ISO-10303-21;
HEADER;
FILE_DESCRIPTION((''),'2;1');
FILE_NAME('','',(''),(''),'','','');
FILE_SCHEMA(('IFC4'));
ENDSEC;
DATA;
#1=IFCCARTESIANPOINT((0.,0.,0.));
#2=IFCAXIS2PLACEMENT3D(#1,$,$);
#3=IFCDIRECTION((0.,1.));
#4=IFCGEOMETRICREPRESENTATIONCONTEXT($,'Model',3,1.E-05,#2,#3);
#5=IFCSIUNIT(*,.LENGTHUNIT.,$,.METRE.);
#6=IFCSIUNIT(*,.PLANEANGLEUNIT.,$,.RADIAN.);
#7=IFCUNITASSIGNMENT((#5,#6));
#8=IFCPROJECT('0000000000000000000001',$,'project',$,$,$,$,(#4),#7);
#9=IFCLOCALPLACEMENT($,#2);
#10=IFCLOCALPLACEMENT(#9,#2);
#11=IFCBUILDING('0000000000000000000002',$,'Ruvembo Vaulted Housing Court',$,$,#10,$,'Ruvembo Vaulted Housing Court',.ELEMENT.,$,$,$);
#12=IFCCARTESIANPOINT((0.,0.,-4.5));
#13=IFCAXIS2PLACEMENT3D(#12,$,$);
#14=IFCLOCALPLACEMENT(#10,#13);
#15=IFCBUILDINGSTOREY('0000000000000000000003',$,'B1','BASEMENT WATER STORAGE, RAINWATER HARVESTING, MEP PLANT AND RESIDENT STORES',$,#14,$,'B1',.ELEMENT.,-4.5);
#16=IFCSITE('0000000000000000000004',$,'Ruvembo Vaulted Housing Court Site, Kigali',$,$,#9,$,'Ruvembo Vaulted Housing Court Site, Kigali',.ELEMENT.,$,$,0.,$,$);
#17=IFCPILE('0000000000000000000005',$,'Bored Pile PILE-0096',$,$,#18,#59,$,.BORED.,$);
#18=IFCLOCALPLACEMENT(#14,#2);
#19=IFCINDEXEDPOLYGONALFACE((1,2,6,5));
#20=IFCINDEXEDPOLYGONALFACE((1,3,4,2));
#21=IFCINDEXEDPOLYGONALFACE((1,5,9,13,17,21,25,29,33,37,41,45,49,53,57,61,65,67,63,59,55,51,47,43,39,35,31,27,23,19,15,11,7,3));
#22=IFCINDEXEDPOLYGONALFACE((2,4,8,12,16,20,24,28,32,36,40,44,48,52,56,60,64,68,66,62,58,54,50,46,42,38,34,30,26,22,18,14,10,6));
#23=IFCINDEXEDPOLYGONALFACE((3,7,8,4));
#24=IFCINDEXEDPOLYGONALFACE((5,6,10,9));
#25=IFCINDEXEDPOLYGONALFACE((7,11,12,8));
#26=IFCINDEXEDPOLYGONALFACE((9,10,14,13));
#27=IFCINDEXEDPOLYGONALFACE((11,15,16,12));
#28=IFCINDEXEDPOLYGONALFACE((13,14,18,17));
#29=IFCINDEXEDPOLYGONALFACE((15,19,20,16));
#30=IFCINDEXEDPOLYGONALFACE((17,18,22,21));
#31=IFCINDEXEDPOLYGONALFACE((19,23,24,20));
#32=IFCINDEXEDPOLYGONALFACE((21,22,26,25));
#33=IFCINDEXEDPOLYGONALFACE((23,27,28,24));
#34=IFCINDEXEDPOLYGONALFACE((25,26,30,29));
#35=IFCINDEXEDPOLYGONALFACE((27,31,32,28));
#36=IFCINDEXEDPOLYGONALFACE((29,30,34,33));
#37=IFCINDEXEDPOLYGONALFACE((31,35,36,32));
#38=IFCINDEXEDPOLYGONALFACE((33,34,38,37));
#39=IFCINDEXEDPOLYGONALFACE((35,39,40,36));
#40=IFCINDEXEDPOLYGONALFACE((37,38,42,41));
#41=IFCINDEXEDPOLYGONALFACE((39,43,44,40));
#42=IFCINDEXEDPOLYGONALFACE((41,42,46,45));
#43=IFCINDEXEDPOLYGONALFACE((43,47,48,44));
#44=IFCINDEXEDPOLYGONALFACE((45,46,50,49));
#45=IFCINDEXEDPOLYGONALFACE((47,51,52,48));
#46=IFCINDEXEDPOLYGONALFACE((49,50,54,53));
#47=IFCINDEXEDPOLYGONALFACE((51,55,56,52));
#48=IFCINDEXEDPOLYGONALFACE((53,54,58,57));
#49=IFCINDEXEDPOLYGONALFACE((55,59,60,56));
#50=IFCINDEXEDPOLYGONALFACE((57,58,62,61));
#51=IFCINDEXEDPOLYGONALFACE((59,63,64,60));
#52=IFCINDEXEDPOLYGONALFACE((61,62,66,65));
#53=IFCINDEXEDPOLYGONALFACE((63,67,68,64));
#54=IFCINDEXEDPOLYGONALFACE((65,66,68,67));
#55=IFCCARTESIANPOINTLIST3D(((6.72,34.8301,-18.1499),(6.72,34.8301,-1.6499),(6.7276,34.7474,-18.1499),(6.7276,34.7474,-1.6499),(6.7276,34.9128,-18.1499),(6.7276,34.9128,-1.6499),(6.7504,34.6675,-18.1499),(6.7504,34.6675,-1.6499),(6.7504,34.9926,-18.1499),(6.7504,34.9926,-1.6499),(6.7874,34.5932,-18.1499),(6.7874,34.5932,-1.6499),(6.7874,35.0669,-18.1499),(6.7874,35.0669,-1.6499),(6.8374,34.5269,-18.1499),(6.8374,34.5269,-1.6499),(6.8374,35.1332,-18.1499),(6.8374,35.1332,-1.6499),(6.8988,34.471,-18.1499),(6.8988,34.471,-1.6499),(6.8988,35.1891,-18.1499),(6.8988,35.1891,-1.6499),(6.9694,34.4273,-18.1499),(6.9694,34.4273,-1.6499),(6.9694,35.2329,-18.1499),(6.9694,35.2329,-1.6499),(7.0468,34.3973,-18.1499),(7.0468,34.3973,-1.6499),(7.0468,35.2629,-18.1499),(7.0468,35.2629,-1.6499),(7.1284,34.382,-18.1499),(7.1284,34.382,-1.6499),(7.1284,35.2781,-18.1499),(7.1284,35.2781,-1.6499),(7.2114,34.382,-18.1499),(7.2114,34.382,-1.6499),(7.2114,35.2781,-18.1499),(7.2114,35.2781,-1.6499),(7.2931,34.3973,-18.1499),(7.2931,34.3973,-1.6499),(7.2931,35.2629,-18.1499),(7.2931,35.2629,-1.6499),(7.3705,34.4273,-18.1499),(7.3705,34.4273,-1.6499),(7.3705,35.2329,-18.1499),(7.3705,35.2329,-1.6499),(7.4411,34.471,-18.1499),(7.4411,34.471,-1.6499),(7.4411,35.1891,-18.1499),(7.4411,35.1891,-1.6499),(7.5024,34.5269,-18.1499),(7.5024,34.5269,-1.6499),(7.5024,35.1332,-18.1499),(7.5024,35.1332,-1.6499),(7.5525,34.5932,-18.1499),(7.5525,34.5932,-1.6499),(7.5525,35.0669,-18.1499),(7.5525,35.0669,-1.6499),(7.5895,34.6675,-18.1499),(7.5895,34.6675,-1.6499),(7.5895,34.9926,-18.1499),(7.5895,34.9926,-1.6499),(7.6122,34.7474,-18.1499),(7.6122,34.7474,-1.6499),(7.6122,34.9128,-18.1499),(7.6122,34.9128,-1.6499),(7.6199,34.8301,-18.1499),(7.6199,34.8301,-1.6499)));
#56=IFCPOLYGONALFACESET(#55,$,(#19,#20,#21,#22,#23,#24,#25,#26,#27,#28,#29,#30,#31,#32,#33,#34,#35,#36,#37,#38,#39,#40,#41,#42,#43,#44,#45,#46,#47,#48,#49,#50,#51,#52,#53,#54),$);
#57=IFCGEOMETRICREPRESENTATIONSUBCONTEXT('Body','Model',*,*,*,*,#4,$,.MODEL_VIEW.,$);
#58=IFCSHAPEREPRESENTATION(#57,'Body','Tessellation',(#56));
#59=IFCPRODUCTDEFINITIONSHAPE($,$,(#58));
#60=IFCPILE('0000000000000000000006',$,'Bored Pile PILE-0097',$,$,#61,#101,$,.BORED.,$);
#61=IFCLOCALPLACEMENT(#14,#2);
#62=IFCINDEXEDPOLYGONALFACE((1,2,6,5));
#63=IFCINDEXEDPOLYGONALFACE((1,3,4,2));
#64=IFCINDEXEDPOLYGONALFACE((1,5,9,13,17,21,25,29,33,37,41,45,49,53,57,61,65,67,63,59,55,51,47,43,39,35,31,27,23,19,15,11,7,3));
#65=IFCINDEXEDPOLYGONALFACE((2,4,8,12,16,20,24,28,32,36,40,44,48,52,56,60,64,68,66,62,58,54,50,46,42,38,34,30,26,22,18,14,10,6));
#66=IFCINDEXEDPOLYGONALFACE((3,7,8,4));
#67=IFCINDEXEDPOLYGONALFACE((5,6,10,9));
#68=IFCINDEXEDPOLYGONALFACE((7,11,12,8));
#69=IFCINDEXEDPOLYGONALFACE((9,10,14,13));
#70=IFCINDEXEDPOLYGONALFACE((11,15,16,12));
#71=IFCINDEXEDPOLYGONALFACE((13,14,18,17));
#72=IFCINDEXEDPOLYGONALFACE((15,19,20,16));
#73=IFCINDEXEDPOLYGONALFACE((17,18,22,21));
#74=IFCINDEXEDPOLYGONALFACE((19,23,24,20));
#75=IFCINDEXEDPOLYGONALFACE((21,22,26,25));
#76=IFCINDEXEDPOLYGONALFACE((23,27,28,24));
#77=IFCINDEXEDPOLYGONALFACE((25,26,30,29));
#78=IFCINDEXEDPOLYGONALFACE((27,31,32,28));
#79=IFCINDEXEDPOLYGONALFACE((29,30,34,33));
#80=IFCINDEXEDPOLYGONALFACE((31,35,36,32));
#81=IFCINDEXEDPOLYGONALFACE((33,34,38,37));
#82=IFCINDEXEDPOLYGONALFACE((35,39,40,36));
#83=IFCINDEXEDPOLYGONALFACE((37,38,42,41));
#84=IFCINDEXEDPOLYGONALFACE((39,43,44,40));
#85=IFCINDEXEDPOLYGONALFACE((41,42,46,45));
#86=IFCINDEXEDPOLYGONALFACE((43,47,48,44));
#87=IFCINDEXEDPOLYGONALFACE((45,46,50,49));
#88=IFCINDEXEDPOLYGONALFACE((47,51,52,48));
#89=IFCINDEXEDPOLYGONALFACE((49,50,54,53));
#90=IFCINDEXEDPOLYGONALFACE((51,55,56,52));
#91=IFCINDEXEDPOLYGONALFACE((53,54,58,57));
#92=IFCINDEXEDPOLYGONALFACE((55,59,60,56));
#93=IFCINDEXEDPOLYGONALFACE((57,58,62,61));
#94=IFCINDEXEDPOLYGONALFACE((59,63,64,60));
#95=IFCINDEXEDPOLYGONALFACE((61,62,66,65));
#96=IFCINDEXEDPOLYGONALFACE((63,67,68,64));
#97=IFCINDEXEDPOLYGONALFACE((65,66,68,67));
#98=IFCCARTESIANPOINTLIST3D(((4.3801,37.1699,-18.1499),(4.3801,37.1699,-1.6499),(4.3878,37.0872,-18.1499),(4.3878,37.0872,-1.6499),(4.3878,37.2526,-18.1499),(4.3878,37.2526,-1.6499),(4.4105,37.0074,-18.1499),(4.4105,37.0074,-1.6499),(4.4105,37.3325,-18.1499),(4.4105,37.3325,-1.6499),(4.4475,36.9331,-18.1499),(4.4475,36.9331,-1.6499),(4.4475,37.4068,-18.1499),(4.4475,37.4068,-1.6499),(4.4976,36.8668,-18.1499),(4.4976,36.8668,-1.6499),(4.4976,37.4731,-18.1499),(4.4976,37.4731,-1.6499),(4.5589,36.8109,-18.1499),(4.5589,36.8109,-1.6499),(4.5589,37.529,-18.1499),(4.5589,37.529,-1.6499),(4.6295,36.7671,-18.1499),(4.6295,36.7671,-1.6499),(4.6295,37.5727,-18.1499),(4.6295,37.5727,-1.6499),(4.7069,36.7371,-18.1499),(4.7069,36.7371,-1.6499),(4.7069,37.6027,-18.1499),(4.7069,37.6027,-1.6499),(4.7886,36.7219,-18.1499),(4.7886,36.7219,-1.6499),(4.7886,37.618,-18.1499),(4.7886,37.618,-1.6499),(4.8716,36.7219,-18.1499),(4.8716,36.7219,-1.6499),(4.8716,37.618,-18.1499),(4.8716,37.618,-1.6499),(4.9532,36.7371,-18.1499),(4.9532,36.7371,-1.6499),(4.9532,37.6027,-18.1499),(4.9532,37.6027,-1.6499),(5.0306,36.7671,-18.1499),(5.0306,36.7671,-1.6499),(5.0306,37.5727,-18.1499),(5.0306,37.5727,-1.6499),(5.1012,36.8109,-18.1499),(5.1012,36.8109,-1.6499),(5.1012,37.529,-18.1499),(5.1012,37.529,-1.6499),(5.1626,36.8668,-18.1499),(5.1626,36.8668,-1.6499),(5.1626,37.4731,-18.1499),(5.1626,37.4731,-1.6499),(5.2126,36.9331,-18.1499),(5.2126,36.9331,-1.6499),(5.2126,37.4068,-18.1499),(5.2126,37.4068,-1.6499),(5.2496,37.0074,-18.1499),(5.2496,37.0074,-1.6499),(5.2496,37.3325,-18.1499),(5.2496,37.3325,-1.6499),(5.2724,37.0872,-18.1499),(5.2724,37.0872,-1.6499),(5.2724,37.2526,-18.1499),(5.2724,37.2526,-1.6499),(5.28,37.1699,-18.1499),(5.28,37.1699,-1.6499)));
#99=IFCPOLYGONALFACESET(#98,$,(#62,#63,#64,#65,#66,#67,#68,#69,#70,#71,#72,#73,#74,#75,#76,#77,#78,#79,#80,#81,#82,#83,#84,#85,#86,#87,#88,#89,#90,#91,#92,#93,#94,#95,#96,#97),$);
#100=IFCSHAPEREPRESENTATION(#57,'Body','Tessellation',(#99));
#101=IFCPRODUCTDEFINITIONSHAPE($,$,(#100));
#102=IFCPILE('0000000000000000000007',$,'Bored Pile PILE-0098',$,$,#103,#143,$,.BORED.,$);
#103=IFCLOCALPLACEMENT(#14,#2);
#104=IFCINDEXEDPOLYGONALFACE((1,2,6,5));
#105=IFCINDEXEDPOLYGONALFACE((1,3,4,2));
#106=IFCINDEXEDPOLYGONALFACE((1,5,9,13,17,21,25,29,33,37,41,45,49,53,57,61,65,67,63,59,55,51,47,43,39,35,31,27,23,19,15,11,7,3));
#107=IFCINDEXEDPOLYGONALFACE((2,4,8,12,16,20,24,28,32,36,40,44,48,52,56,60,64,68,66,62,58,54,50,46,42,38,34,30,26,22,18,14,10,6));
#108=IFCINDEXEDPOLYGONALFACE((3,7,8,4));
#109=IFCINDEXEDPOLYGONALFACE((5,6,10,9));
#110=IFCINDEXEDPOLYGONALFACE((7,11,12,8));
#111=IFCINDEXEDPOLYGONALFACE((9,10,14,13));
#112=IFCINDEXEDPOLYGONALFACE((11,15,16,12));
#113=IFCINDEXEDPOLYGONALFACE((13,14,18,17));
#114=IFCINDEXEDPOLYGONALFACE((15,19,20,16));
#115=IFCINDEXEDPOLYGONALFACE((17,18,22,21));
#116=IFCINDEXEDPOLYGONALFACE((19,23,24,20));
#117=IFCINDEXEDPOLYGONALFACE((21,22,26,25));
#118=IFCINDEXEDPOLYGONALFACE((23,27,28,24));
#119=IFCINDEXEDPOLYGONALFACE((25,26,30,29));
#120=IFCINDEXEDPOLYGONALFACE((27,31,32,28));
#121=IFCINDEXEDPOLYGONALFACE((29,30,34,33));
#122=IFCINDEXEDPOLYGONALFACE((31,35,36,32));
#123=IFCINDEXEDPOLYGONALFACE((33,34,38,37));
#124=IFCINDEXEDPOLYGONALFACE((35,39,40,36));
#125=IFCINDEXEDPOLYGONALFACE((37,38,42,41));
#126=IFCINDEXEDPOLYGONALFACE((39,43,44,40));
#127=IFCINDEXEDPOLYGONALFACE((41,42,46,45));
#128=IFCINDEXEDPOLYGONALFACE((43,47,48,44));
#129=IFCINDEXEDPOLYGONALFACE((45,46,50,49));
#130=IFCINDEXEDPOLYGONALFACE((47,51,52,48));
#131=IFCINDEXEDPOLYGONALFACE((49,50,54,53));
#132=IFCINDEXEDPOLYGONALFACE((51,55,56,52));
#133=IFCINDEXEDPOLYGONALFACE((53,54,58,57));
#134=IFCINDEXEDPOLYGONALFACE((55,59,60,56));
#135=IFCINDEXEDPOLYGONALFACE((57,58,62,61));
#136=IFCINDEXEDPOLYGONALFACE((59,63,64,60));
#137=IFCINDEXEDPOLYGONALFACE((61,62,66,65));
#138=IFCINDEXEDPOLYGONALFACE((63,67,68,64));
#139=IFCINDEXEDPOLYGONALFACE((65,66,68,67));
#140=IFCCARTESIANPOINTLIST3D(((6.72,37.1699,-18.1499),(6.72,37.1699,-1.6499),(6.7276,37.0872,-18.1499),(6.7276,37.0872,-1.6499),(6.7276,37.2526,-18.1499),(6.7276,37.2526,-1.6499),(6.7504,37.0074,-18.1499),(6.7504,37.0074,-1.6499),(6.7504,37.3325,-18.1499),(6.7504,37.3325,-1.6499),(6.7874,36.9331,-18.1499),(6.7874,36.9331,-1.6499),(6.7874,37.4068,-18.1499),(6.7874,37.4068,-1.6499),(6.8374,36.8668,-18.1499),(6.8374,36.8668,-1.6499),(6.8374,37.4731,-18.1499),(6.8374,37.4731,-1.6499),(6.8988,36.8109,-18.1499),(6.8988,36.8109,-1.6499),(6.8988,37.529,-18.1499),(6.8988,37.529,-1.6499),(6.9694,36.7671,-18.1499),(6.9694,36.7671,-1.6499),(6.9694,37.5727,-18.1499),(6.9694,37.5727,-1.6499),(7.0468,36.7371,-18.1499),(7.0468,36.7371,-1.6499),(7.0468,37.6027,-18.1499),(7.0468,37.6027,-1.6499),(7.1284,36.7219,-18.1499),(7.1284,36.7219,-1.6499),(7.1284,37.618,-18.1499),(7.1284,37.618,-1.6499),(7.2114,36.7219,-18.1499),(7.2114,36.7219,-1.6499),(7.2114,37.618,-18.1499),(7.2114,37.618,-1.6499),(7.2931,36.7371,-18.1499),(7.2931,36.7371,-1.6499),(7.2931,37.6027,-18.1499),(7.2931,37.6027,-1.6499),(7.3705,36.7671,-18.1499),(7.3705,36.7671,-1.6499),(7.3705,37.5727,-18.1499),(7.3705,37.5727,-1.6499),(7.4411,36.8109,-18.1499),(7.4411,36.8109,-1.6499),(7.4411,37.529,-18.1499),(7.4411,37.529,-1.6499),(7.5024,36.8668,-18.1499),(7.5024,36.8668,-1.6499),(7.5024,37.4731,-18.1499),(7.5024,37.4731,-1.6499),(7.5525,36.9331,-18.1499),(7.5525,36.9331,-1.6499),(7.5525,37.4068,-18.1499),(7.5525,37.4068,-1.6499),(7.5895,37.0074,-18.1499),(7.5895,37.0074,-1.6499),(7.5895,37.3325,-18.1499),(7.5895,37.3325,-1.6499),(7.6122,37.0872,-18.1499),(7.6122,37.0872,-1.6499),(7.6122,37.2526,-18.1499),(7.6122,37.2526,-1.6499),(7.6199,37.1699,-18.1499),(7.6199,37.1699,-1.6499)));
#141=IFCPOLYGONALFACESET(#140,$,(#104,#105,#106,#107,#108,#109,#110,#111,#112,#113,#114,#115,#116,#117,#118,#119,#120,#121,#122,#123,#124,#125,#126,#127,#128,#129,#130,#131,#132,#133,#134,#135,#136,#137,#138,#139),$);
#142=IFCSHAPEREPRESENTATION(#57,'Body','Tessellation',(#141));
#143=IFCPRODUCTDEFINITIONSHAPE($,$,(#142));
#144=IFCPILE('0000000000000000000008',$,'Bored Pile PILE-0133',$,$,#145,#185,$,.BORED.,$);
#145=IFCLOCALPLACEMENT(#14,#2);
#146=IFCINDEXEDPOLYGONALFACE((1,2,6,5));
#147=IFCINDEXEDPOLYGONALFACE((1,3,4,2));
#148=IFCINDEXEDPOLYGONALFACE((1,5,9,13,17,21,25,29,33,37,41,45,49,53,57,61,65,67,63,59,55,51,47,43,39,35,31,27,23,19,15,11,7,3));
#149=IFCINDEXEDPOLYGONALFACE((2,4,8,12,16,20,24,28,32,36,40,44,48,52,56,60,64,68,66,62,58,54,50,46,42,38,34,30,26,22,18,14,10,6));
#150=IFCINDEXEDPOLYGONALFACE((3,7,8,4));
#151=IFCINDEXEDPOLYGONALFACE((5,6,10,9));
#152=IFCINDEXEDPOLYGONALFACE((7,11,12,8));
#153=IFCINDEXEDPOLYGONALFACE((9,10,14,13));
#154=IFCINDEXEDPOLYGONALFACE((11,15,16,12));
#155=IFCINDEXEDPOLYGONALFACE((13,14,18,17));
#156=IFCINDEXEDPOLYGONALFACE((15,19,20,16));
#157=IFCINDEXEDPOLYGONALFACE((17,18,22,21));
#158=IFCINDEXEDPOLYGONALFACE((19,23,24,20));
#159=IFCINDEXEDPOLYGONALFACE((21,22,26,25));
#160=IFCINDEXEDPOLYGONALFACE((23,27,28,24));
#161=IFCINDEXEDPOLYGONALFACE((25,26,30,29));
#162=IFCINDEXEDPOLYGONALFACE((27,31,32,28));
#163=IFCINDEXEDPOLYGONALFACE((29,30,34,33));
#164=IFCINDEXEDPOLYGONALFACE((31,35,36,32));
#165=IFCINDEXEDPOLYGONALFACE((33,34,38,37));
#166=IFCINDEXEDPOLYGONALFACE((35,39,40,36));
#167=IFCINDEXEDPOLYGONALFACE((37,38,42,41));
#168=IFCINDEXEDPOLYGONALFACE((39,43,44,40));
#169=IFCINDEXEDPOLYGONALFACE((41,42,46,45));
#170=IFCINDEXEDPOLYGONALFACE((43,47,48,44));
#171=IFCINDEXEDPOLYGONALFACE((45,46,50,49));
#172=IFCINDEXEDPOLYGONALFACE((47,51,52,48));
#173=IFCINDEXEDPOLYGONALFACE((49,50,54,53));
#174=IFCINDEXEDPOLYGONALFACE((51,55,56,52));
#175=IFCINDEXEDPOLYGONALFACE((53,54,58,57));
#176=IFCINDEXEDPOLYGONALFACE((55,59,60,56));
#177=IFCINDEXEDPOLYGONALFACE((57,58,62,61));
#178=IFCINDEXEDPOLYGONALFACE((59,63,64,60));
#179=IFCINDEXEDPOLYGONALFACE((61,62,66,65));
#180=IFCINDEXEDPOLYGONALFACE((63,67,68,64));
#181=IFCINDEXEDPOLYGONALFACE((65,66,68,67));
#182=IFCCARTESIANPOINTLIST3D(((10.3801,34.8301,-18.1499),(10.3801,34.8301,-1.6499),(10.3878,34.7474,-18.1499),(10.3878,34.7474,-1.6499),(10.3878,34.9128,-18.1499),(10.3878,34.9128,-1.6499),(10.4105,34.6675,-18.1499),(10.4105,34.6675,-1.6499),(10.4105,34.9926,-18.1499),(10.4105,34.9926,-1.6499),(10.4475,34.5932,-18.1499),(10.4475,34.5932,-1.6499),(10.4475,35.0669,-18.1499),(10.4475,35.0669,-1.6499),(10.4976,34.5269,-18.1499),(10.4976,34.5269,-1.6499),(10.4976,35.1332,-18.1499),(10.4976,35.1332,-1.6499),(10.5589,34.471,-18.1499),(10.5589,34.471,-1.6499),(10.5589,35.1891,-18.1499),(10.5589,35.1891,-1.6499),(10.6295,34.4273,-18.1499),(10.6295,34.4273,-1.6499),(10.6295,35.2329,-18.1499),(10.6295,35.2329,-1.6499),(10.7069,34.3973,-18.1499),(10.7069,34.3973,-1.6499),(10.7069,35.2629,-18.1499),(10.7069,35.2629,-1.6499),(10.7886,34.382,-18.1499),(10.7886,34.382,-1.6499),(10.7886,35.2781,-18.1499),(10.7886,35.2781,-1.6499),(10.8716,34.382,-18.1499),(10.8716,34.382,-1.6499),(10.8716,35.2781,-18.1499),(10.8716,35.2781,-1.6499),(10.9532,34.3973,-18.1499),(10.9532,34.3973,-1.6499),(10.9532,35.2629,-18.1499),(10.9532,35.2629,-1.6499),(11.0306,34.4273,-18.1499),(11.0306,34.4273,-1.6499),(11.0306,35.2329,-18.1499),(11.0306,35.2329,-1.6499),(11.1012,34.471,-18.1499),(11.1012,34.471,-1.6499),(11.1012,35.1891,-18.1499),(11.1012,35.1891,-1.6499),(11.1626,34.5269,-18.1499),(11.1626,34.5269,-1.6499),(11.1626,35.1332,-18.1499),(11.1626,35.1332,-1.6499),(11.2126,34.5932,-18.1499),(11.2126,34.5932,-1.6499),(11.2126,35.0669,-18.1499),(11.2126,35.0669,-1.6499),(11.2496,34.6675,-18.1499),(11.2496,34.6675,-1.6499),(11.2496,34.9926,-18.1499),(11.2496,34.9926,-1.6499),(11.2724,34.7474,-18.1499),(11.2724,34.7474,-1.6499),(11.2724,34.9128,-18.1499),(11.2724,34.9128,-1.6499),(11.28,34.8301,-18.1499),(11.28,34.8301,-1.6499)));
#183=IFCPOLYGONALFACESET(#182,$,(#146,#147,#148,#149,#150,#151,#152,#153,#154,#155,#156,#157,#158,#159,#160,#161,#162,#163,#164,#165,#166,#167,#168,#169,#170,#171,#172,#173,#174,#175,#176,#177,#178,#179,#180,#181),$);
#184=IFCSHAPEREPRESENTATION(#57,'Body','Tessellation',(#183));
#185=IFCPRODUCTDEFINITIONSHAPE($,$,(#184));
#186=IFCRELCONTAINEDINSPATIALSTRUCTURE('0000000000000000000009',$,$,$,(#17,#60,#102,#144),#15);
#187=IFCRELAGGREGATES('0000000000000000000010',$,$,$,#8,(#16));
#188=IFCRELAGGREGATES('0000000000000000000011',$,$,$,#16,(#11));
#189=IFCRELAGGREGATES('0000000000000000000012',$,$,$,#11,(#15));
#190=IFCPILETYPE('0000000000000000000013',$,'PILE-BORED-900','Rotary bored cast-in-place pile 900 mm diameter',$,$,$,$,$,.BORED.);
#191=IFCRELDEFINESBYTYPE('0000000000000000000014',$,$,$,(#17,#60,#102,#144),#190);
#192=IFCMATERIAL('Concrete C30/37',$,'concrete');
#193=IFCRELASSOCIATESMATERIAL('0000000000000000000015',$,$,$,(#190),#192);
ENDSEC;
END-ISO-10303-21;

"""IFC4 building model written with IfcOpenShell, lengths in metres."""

from ifc_helpers import new_model, si_unit, direction, frame, origin, origin_2d, place, context, subcontext, project, spatial, circle, extrude, material, material_profile, profile_set, type_object, element, save


model = new_model("IFC4")

# Units and contexts
model_context = context("Model", 3, precision=1e-05, world=origin(), true_north=direction((0.0, 1.0)))
body_context = subcontext(model_context, "Body", "Model", "MODEL_VIEW")
ifc_project = project(units=[si_unit("LENGTHUNIT", "METRE"), si_unit("PLANEANGLEUNIT", "RADIAN")], contexts=[model_context])

# Site, building, storey
site_placement = place(None, origin())
site = spatial("IfcSite", under=ifc_project, at=site_placement, Name="Ruvembo Vaulted Housing Court Site, Kigali", LongName="Ruvembo Vaulted Housing Court Site, Kigali", CompositionType="ELEMENT", RefElevation=0.0)
building_placement = place(site_placement, origin())
building = spatial("IfcBuilding", under=site, at=building_placement, Name="Ruvembo Vaulted Housing Court", LongName="Ruvembo Vaulted Housing Court", CompositionType="ELEMENT")
storey_placement = place(building_placement, frame((0.0, 0.0, -4.5)))
storey = spatial("IfcBuildingStorey", under=building, at=storey_placement, Name="B1", Description="BASEMENT WATER STORAGE, RAINWATER HARVESTING, MEP PLANT AND RESIDENT STORES", LongName="B1", CompositionType="ELEMENT", Elevation=-4.5)

# Piles
ifc_material_1 = material(Name="Concrete C30/37", Category="concrete")
ifc_material_profile_1 = material_profile(ifc_material_1, circle(Radius=0.45, at=origin_2d()), Name="PILE D900")
ifc_profile_set_1 = profile_set([ifc_material_profile_1], Name="Concrete C30/37")
pile_type_1 = type_object("IfcPileType", Name="PILE-BORED-900", Description="Rotary bored cast-in-place pile 900 mm diameter", PredefinedType="BORED", material=ifc_profile_set_1)
for number, where, z_axis, x_axis, name in (
    (1, (7.1699, 34.8301, -1.6499), (0.0, 0.0, -1.0), (1.0, 0.0, 0.0), "Bored Pile PILE-0096"),
    (2, (4.8301, 37.1699, -1.6499), (0.0, 0.0, -1.0), (1.0, 0.0, 0.0), "Bored Pile PILE-0097"),
    (3, (7.1699, 37.1699, -1.6499), (0.0, 0.0, -1.0), (1.0, 0.0, 0.0), "Bored Pile PILE-0098"),
    (4, (10.8301, 34.8301, -1.6499), (0.0, 0.0, -1.0), (1.0, 0.0, 0.0), "Bored Pile PILE-0133"),
):
    element("IfcPile", number, at=place(storey_placement, frame(where, z_axis=z_axis, x_axis=x_axis)), inside=storey, type_object=pile_type_1, Name=name, PredefinedType="BORED", context=body_context, shape_type="SweptSolid", body=[
        extrude(circle(Radius=0.45, at=origin_2d()), origin(), (0.0, 0.0, 1.0), 16.5),
    ])

save(model, "model.ifc")
